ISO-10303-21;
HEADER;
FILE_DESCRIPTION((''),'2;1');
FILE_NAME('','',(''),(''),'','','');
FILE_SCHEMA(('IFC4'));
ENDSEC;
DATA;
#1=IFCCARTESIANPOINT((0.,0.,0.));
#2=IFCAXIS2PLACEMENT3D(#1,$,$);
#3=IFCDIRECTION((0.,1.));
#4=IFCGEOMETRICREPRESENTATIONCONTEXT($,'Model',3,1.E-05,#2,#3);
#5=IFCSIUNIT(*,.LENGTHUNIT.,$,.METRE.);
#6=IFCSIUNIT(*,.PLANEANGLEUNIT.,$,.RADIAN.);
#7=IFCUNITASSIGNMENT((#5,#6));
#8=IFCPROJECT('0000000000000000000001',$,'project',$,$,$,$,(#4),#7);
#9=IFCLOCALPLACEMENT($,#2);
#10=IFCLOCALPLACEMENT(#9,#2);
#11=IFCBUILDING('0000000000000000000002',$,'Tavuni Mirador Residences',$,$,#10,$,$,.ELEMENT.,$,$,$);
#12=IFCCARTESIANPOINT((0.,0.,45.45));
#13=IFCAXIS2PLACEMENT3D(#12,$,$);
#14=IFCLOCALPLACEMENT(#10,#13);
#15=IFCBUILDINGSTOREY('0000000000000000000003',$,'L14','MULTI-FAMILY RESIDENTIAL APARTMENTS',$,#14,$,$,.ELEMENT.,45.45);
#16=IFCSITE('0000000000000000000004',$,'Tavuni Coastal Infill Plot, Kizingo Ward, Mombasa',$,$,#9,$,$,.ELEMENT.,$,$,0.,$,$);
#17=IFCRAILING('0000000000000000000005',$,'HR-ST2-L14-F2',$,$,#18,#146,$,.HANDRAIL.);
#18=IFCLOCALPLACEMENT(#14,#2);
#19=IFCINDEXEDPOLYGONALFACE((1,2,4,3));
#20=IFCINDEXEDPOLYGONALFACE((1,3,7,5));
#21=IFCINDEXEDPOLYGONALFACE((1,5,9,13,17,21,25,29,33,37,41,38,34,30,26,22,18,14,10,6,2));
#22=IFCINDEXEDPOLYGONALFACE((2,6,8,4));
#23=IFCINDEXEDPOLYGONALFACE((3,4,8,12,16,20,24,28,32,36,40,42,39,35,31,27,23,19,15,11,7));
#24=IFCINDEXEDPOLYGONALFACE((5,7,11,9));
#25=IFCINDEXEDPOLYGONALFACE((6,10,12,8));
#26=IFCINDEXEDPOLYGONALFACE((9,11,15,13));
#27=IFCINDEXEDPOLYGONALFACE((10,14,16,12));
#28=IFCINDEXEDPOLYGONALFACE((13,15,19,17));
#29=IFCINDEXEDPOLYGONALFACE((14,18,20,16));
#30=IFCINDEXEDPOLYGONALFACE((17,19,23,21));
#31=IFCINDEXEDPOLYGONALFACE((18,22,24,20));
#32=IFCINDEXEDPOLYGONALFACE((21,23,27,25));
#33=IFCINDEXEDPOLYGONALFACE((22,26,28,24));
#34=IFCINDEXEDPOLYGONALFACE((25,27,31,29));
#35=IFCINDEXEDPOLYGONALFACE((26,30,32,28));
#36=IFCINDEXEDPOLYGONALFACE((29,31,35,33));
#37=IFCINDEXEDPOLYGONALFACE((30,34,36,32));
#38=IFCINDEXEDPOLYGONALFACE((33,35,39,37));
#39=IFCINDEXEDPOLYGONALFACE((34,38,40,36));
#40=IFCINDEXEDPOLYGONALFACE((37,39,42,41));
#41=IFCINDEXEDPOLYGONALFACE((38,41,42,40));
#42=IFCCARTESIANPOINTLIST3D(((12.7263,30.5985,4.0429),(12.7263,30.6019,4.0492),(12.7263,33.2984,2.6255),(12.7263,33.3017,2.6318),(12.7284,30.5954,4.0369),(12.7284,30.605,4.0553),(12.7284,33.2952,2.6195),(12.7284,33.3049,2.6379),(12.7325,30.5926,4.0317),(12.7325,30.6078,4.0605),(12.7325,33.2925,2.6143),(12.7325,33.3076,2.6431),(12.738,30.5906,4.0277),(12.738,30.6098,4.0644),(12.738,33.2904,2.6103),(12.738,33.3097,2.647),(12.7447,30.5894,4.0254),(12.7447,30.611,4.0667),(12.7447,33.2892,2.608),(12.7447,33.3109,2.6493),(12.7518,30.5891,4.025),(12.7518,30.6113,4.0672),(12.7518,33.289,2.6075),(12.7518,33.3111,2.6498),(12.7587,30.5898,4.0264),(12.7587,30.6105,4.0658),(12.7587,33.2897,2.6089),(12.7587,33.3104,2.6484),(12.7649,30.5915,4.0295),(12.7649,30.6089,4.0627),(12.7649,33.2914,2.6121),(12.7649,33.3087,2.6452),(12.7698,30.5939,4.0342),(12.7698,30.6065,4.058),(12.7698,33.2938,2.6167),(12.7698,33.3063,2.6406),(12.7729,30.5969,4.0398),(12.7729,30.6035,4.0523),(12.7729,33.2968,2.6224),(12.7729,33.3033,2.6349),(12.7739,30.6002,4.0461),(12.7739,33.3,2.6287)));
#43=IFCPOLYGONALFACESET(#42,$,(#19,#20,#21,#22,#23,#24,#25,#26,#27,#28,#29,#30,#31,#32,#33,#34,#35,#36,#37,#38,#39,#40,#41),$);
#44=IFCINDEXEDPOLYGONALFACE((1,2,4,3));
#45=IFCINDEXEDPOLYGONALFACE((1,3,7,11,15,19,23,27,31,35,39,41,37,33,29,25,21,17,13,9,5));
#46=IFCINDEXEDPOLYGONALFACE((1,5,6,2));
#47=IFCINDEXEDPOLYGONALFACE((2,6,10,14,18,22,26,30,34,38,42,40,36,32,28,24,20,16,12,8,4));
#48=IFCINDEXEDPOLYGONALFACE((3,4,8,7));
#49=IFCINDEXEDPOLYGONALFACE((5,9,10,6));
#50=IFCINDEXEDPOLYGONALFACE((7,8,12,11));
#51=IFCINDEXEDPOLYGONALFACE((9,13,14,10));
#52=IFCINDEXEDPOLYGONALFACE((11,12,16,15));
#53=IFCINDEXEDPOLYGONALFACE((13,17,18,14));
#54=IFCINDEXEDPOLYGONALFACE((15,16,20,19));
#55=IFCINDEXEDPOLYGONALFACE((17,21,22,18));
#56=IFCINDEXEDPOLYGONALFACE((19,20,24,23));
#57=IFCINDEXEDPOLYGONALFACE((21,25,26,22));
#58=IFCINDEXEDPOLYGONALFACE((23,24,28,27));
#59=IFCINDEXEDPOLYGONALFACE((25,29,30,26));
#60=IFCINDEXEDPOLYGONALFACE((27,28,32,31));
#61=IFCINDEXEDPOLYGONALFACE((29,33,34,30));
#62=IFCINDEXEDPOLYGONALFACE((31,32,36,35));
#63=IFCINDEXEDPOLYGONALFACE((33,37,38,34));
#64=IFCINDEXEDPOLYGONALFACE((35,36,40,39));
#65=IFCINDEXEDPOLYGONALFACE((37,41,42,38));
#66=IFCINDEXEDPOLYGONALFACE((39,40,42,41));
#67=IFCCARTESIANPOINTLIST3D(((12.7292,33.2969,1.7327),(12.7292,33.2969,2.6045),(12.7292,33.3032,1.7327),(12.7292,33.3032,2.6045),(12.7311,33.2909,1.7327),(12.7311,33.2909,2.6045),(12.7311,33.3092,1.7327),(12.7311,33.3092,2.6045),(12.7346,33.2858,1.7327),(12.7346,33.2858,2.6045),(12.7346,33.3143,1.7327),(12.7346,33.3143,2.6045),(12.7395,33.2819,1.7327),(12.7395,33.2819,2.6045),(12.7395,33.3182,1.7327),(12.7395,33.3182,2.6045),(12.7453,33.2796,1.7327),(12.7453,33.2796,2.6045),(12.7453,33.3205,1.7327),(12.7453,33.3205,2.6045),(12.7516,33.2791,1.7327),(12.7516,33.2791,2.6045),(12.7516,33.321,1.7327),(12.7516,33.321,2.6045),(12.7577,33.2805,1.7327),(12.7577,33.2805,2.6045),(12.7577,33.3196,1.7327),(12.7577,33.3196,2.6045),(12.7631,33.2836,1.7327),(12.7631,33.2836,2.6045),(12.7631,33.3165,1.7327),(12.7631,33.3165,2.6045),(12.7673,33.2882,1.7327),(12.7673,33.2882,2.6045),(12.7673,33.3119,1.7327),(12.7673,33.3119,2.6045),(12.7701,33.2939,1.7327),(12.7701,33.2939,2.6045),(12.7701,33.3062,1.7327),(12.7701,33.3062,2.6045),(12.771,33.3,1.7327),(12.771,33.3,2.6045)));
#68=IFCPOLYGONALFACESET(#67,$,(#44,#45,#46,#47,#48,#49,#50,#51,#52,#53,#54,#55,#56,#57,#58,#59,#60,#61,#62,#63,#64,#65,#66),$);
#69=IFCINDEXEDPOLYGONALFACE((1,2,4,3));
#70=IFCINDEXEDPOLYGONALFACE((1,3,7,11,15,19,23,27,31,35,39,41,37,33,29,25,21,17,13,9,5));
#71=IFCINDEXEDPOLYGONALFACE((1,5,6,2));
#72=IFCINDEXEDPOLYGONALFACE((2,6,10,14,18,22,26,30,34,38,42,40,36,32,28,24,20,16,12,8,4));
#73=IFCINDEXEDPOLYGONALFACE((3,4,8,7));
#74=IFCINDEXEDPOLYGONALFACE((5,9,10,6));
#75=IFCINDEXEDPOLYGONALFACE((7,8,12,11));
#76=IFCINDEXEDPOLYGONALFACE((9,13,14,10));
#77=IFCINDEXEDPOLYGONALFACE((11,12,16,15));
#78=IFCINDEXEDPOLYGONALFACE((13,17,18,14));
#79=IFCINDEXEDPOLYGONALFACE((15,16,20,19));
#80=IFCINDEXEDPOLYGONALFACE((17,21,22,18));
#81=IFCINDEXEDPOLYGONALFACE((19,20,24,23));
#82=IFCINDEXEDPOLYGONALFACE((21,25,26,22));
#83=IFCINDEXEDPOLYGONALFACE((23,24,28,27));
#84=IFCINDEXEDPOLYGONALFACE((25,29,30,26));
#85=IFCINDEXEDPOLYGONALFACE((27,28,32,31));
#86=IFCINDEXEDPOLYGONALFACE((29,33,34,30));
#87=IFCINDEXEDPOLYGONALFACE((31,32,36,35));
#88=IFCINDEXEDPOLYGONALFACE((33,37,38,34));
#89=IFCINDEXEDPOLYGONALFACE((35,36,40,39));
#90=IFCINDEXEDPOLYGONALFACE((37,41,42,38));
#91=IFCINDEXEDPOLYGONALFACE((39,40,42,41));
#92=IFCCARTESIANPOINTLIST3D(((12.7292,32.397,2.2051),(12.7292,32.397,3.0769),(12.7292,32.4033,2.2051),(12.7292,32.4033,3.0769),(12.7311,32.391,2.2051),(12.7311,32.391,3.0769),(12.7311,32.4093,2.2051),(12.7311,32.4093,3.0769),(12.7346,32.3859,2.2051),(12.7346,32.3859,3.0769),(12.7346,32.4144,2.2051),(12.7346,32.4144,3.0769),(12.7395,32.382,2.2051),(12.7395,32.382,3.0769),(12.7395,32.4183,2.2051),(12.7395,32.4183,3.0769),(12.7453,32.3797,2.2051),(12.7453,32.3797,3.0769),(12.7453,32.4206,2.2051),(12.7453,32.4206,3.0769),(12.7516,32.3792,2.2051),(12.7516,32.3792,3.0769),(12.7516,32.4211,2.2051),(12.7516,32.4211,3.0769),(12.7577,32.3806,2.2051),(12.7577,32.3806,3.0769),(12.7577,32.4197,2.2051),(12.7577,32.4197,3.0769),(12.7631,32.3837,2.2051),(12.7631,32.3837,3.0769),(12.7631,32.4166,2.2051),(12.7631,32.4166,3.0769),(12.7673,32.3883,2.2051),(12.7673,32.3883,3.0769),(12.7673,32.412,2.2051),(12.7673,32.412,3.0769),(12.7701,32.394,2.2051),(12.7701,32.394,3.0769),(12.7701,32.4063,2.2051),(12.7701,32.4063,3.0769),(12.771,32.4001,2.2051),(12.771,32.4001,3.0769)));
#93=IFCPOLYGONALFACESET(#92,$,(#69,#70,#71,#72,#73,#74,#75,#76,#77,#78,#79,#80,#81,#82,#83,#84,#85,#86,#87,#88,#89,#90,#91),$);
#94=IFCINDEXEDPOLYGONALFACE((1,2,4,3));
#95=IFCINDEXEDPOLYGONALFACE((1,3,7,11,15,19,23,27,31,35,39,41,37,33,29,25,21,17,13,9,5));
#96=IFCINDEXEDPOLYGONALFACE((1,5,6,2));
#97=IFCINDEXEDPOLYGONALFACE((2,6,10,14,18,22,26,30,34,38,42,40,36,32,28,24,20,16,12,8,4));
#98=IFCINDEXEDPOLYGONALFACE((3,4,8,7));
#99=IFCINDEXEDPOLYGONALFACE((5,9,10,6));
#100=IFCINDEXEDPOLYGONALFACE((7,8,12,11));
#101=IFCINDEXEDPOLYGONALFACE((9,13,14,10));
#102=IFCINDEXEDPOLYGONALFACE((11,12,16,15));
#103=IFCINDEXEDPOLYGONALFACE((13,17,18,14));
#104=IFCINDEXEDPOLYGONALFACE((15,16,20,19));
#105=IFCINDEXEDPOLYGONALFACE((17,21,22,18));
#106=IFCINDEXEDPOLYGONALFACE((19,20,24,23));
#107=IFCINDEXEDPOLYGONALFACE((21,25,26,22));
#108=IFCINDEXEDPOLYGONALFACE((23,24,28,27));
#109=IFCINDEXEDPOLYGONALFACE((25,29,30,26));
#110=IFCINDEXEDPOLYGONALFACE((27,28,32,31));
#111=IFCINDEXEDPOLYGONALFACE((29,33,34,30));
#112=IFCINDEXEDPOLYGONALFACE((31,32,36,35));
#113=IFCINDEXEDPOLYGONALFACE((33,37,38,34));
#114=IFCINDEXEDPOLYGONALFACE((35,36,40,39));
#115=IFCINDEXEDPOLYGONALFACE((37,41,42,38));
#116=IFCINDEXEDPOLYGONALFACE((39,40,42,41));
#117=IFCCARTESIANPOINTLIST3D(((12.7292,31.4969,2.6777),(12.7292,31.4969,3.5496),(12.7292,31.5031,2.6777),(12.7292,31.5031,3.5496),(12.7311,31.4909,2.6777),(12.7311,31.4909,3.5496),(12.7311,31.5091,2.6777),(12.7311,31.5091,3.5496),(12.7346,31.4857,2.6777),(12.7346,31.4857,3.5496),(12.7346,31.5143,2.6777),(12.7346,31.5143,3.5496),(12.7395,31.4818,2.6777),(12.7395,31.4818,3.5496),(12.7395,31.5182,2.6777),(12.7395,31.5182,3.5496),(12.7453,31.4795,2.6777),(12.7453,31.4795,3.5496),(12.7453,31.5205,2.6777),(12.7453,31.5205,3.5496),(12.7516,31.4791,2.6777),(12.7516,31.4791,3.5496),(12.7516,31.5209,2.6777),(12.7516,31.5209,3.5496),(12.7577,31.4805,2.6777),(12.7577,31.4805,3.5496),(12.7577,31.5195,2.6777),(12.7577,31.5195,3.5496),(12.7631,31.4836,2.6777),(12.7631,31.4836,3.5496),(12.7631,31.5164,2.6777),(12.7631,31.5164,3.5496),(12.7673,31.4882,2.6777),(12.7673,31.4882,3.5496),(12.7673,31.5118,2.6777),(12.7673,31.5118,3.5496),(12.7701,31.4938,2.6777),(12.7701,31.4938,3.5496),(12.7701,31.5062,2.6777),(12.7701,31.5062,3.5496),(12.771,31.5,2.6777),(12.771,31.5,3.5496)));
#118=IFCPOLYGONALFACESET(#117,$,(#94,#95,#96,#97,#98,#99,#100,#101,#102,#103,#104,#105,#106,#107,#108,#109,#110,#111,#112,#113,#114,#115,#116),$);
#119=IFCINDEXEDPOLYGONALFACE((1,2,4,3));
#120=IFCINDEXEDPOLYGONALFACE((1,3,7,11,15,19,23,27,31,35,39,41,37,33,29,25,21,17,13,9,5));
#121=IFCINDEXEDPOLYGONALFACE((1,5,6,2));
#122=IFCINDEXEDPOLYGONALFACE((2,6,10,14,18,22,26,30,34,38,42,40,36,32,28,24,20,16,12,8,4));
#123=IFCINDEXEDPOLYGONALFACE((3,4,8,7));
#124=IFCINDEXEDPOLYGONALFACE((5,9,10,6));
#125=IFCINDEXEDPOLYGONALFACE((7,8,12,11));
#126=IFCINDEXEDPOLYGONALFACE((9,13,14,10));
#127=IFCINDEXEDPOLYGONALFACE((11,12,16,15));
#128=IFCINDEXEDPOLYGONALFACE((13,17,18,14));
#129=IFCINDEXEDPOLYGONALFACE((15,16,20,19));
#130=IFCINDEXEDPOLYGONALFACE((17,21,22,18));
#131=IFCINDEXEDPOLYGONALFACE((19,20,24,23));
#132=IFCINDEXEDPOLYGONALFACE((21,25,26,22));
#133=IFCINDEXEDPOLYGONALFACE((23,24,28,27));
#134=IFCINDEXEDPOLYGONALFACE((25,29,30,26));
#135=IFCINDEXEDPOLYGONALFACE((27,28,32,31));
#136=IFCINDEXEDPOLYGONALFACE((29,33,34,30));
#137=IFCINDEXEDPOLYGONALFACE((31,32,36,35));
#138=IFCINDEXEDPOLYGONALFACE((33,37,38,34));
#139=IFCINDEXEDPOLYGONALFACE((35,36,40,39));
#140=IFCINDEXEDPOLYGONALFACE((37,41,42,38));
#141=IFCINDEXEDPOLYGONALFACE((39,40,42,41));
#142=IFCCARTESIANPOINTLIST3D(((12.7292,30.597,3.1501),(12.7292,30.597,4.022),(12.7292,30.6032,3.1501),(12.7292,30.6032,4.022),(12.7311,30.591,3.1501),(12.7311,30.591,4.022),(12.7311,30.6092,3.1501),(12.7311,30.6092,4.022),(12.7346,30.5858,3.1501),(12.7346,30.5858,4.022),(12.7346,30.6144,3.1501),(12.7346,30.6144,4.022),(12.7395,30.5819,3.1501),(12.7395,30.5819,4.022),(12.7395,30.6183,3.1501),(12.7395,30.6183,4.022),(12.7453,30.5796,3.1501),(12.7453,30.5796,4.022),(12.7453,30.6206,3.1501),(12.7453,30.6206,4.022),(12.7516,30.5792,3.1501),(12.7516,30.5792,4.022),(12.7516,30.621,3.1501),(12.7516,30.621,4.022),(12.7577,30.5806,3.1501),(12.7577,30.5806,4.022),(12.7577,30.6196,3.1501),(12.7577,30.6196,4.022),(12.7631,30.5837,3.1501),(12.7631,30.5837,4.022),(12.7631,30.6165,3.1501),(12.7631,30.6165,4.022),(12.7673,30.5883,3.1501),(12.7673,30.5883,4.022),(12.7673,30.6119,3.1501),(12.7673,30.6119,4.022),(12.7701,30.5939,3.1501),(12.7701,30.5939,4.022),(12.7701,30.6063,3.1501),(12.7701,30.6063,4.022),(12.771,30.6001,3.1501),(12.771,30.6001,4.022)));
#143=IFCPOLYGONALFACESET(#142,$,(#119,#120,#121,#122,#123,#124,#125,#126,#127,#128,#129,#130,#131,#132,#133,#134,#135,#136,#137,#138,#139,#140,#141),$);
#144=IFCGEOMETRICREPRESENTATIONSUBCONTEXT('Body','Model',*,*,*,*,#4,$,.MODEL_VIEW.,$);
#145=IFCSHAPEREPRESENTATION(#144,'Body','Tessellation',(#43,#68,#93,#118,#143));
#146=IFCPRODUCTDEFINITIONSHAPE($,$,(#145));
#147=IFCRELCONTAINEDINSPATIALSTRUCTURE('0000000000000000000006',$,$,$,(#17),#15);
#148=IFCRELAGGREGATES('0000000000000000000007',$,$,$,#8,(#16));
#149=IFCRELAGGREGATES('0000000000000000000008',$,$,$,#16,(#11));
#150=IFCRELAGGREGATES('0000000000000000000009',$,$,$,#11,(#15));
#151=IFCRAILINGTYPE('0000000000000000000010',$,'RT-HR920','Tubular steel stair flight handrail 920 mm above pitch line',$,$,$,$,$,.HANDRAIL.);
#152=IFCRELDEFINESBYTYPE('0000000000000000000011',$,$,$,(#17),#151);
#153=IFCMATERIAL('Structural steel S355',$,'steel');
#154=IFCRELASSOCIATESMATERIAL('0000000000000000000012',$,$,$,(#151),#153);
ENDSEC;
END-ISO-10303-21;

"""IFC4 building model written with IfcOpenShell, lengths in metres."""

from ifc_helpers import new_model, si_unit, direction, frame, origin, origin_2d, place, context, subcontext, project, spatial, circle, extrude, material, type_object, element, save


model = new_model("IFC4")

# Units and contexts
model_context = context("Model", 3, precision=1e-05, world=origin(), true_north=direction((0.0, 1.0)))
body_context = subcontext(model_context, "Body", "Model", "MODEL_VIEW")
ifc_project = project(units=[si_unit("LENGTHUNIT", "METRE"), si_unit("PLANEANGLEUNIT", "RADIAN")], contexts=[model_context])

# Site, building, storey
site_placement = place(None, origin())
site = spatial("IfcSite", under=ifc_project, at=site_placement, Name="Tavuni Coastal Infill Plot, Kizingo Ward, Mombasa", CompositionType="ELEMENT", RefElevation=0.0)
building_placement = place(site_placement, origin())
building = spatial("IfcBuilding", under=site, at=building_placement, Name="Tavuni Mirador Residences", CompositionType="ELEMENT")
storey_placement = place(building_placement, frame((0.0, 0.0, 45.45)))
storey = spatial("IfcBuildingStorey", under=building, at=storey_placement, Name="L14", Description="MULTI-FAMILY RESIDENTIAL APARTMENTS", CompositionType="ELEMENT", Elevation=45.45)

# Shared definitions
ifc_material_1 = material(Name="Structural steel S355", Category="steel")

# Railing
railing_type_1 = type_object("IfcRailingType", Name="RT-HR920", Description="Tubular steel stair flight handrail 920 mm above pitch line", PredefinedType="HANDRAIL", material=ifc_material_1)
railing_1_placement = place(storey_placement, frame((12.75, 33.3, 1.7327)))
element("IfcRailing", 1, at=railing_1_placement, inside=storey, type_object=railing_type_1, Name="HR-ST2-L14-F2", PredefinedType="HANDRAIL", context=body_context, shape_type="SweptSolid", body=[
    extrude(circle(Radius=0.0239, at=origin_2d()), frame((0.0, 0.0, 0.896), z_axis=(0.0, -0.885397, 0.464835), x_axis=(1.0, 0.0, 0.0)), (0.0, 0.0, 1.0), 3.0493),
    extrude(circle(Radius=0.021, at=origin_2d()), origin(), (0.0, 0.0, 1.0), 0.8718),
    extrude(circle(Radius=0.021, at=origin_2d()), frame((0.0, -0.8999, 0.4724)), (0.0, 0.0, 1.0), 0.8718),
    extrude(circle(Radius=0.021, at=origin_2d()), frame((0.0, -1.8, 0.9451)), (0.0, 0.0, 1.0), 0.8718),
    extrude(circle(Radius=0.021, at=origin_2d()), frame((0.0, -2.7, 1.4175)), (0.0, 0.0, 1.0), 0.8718),
])

save(model, "model.ifc")
